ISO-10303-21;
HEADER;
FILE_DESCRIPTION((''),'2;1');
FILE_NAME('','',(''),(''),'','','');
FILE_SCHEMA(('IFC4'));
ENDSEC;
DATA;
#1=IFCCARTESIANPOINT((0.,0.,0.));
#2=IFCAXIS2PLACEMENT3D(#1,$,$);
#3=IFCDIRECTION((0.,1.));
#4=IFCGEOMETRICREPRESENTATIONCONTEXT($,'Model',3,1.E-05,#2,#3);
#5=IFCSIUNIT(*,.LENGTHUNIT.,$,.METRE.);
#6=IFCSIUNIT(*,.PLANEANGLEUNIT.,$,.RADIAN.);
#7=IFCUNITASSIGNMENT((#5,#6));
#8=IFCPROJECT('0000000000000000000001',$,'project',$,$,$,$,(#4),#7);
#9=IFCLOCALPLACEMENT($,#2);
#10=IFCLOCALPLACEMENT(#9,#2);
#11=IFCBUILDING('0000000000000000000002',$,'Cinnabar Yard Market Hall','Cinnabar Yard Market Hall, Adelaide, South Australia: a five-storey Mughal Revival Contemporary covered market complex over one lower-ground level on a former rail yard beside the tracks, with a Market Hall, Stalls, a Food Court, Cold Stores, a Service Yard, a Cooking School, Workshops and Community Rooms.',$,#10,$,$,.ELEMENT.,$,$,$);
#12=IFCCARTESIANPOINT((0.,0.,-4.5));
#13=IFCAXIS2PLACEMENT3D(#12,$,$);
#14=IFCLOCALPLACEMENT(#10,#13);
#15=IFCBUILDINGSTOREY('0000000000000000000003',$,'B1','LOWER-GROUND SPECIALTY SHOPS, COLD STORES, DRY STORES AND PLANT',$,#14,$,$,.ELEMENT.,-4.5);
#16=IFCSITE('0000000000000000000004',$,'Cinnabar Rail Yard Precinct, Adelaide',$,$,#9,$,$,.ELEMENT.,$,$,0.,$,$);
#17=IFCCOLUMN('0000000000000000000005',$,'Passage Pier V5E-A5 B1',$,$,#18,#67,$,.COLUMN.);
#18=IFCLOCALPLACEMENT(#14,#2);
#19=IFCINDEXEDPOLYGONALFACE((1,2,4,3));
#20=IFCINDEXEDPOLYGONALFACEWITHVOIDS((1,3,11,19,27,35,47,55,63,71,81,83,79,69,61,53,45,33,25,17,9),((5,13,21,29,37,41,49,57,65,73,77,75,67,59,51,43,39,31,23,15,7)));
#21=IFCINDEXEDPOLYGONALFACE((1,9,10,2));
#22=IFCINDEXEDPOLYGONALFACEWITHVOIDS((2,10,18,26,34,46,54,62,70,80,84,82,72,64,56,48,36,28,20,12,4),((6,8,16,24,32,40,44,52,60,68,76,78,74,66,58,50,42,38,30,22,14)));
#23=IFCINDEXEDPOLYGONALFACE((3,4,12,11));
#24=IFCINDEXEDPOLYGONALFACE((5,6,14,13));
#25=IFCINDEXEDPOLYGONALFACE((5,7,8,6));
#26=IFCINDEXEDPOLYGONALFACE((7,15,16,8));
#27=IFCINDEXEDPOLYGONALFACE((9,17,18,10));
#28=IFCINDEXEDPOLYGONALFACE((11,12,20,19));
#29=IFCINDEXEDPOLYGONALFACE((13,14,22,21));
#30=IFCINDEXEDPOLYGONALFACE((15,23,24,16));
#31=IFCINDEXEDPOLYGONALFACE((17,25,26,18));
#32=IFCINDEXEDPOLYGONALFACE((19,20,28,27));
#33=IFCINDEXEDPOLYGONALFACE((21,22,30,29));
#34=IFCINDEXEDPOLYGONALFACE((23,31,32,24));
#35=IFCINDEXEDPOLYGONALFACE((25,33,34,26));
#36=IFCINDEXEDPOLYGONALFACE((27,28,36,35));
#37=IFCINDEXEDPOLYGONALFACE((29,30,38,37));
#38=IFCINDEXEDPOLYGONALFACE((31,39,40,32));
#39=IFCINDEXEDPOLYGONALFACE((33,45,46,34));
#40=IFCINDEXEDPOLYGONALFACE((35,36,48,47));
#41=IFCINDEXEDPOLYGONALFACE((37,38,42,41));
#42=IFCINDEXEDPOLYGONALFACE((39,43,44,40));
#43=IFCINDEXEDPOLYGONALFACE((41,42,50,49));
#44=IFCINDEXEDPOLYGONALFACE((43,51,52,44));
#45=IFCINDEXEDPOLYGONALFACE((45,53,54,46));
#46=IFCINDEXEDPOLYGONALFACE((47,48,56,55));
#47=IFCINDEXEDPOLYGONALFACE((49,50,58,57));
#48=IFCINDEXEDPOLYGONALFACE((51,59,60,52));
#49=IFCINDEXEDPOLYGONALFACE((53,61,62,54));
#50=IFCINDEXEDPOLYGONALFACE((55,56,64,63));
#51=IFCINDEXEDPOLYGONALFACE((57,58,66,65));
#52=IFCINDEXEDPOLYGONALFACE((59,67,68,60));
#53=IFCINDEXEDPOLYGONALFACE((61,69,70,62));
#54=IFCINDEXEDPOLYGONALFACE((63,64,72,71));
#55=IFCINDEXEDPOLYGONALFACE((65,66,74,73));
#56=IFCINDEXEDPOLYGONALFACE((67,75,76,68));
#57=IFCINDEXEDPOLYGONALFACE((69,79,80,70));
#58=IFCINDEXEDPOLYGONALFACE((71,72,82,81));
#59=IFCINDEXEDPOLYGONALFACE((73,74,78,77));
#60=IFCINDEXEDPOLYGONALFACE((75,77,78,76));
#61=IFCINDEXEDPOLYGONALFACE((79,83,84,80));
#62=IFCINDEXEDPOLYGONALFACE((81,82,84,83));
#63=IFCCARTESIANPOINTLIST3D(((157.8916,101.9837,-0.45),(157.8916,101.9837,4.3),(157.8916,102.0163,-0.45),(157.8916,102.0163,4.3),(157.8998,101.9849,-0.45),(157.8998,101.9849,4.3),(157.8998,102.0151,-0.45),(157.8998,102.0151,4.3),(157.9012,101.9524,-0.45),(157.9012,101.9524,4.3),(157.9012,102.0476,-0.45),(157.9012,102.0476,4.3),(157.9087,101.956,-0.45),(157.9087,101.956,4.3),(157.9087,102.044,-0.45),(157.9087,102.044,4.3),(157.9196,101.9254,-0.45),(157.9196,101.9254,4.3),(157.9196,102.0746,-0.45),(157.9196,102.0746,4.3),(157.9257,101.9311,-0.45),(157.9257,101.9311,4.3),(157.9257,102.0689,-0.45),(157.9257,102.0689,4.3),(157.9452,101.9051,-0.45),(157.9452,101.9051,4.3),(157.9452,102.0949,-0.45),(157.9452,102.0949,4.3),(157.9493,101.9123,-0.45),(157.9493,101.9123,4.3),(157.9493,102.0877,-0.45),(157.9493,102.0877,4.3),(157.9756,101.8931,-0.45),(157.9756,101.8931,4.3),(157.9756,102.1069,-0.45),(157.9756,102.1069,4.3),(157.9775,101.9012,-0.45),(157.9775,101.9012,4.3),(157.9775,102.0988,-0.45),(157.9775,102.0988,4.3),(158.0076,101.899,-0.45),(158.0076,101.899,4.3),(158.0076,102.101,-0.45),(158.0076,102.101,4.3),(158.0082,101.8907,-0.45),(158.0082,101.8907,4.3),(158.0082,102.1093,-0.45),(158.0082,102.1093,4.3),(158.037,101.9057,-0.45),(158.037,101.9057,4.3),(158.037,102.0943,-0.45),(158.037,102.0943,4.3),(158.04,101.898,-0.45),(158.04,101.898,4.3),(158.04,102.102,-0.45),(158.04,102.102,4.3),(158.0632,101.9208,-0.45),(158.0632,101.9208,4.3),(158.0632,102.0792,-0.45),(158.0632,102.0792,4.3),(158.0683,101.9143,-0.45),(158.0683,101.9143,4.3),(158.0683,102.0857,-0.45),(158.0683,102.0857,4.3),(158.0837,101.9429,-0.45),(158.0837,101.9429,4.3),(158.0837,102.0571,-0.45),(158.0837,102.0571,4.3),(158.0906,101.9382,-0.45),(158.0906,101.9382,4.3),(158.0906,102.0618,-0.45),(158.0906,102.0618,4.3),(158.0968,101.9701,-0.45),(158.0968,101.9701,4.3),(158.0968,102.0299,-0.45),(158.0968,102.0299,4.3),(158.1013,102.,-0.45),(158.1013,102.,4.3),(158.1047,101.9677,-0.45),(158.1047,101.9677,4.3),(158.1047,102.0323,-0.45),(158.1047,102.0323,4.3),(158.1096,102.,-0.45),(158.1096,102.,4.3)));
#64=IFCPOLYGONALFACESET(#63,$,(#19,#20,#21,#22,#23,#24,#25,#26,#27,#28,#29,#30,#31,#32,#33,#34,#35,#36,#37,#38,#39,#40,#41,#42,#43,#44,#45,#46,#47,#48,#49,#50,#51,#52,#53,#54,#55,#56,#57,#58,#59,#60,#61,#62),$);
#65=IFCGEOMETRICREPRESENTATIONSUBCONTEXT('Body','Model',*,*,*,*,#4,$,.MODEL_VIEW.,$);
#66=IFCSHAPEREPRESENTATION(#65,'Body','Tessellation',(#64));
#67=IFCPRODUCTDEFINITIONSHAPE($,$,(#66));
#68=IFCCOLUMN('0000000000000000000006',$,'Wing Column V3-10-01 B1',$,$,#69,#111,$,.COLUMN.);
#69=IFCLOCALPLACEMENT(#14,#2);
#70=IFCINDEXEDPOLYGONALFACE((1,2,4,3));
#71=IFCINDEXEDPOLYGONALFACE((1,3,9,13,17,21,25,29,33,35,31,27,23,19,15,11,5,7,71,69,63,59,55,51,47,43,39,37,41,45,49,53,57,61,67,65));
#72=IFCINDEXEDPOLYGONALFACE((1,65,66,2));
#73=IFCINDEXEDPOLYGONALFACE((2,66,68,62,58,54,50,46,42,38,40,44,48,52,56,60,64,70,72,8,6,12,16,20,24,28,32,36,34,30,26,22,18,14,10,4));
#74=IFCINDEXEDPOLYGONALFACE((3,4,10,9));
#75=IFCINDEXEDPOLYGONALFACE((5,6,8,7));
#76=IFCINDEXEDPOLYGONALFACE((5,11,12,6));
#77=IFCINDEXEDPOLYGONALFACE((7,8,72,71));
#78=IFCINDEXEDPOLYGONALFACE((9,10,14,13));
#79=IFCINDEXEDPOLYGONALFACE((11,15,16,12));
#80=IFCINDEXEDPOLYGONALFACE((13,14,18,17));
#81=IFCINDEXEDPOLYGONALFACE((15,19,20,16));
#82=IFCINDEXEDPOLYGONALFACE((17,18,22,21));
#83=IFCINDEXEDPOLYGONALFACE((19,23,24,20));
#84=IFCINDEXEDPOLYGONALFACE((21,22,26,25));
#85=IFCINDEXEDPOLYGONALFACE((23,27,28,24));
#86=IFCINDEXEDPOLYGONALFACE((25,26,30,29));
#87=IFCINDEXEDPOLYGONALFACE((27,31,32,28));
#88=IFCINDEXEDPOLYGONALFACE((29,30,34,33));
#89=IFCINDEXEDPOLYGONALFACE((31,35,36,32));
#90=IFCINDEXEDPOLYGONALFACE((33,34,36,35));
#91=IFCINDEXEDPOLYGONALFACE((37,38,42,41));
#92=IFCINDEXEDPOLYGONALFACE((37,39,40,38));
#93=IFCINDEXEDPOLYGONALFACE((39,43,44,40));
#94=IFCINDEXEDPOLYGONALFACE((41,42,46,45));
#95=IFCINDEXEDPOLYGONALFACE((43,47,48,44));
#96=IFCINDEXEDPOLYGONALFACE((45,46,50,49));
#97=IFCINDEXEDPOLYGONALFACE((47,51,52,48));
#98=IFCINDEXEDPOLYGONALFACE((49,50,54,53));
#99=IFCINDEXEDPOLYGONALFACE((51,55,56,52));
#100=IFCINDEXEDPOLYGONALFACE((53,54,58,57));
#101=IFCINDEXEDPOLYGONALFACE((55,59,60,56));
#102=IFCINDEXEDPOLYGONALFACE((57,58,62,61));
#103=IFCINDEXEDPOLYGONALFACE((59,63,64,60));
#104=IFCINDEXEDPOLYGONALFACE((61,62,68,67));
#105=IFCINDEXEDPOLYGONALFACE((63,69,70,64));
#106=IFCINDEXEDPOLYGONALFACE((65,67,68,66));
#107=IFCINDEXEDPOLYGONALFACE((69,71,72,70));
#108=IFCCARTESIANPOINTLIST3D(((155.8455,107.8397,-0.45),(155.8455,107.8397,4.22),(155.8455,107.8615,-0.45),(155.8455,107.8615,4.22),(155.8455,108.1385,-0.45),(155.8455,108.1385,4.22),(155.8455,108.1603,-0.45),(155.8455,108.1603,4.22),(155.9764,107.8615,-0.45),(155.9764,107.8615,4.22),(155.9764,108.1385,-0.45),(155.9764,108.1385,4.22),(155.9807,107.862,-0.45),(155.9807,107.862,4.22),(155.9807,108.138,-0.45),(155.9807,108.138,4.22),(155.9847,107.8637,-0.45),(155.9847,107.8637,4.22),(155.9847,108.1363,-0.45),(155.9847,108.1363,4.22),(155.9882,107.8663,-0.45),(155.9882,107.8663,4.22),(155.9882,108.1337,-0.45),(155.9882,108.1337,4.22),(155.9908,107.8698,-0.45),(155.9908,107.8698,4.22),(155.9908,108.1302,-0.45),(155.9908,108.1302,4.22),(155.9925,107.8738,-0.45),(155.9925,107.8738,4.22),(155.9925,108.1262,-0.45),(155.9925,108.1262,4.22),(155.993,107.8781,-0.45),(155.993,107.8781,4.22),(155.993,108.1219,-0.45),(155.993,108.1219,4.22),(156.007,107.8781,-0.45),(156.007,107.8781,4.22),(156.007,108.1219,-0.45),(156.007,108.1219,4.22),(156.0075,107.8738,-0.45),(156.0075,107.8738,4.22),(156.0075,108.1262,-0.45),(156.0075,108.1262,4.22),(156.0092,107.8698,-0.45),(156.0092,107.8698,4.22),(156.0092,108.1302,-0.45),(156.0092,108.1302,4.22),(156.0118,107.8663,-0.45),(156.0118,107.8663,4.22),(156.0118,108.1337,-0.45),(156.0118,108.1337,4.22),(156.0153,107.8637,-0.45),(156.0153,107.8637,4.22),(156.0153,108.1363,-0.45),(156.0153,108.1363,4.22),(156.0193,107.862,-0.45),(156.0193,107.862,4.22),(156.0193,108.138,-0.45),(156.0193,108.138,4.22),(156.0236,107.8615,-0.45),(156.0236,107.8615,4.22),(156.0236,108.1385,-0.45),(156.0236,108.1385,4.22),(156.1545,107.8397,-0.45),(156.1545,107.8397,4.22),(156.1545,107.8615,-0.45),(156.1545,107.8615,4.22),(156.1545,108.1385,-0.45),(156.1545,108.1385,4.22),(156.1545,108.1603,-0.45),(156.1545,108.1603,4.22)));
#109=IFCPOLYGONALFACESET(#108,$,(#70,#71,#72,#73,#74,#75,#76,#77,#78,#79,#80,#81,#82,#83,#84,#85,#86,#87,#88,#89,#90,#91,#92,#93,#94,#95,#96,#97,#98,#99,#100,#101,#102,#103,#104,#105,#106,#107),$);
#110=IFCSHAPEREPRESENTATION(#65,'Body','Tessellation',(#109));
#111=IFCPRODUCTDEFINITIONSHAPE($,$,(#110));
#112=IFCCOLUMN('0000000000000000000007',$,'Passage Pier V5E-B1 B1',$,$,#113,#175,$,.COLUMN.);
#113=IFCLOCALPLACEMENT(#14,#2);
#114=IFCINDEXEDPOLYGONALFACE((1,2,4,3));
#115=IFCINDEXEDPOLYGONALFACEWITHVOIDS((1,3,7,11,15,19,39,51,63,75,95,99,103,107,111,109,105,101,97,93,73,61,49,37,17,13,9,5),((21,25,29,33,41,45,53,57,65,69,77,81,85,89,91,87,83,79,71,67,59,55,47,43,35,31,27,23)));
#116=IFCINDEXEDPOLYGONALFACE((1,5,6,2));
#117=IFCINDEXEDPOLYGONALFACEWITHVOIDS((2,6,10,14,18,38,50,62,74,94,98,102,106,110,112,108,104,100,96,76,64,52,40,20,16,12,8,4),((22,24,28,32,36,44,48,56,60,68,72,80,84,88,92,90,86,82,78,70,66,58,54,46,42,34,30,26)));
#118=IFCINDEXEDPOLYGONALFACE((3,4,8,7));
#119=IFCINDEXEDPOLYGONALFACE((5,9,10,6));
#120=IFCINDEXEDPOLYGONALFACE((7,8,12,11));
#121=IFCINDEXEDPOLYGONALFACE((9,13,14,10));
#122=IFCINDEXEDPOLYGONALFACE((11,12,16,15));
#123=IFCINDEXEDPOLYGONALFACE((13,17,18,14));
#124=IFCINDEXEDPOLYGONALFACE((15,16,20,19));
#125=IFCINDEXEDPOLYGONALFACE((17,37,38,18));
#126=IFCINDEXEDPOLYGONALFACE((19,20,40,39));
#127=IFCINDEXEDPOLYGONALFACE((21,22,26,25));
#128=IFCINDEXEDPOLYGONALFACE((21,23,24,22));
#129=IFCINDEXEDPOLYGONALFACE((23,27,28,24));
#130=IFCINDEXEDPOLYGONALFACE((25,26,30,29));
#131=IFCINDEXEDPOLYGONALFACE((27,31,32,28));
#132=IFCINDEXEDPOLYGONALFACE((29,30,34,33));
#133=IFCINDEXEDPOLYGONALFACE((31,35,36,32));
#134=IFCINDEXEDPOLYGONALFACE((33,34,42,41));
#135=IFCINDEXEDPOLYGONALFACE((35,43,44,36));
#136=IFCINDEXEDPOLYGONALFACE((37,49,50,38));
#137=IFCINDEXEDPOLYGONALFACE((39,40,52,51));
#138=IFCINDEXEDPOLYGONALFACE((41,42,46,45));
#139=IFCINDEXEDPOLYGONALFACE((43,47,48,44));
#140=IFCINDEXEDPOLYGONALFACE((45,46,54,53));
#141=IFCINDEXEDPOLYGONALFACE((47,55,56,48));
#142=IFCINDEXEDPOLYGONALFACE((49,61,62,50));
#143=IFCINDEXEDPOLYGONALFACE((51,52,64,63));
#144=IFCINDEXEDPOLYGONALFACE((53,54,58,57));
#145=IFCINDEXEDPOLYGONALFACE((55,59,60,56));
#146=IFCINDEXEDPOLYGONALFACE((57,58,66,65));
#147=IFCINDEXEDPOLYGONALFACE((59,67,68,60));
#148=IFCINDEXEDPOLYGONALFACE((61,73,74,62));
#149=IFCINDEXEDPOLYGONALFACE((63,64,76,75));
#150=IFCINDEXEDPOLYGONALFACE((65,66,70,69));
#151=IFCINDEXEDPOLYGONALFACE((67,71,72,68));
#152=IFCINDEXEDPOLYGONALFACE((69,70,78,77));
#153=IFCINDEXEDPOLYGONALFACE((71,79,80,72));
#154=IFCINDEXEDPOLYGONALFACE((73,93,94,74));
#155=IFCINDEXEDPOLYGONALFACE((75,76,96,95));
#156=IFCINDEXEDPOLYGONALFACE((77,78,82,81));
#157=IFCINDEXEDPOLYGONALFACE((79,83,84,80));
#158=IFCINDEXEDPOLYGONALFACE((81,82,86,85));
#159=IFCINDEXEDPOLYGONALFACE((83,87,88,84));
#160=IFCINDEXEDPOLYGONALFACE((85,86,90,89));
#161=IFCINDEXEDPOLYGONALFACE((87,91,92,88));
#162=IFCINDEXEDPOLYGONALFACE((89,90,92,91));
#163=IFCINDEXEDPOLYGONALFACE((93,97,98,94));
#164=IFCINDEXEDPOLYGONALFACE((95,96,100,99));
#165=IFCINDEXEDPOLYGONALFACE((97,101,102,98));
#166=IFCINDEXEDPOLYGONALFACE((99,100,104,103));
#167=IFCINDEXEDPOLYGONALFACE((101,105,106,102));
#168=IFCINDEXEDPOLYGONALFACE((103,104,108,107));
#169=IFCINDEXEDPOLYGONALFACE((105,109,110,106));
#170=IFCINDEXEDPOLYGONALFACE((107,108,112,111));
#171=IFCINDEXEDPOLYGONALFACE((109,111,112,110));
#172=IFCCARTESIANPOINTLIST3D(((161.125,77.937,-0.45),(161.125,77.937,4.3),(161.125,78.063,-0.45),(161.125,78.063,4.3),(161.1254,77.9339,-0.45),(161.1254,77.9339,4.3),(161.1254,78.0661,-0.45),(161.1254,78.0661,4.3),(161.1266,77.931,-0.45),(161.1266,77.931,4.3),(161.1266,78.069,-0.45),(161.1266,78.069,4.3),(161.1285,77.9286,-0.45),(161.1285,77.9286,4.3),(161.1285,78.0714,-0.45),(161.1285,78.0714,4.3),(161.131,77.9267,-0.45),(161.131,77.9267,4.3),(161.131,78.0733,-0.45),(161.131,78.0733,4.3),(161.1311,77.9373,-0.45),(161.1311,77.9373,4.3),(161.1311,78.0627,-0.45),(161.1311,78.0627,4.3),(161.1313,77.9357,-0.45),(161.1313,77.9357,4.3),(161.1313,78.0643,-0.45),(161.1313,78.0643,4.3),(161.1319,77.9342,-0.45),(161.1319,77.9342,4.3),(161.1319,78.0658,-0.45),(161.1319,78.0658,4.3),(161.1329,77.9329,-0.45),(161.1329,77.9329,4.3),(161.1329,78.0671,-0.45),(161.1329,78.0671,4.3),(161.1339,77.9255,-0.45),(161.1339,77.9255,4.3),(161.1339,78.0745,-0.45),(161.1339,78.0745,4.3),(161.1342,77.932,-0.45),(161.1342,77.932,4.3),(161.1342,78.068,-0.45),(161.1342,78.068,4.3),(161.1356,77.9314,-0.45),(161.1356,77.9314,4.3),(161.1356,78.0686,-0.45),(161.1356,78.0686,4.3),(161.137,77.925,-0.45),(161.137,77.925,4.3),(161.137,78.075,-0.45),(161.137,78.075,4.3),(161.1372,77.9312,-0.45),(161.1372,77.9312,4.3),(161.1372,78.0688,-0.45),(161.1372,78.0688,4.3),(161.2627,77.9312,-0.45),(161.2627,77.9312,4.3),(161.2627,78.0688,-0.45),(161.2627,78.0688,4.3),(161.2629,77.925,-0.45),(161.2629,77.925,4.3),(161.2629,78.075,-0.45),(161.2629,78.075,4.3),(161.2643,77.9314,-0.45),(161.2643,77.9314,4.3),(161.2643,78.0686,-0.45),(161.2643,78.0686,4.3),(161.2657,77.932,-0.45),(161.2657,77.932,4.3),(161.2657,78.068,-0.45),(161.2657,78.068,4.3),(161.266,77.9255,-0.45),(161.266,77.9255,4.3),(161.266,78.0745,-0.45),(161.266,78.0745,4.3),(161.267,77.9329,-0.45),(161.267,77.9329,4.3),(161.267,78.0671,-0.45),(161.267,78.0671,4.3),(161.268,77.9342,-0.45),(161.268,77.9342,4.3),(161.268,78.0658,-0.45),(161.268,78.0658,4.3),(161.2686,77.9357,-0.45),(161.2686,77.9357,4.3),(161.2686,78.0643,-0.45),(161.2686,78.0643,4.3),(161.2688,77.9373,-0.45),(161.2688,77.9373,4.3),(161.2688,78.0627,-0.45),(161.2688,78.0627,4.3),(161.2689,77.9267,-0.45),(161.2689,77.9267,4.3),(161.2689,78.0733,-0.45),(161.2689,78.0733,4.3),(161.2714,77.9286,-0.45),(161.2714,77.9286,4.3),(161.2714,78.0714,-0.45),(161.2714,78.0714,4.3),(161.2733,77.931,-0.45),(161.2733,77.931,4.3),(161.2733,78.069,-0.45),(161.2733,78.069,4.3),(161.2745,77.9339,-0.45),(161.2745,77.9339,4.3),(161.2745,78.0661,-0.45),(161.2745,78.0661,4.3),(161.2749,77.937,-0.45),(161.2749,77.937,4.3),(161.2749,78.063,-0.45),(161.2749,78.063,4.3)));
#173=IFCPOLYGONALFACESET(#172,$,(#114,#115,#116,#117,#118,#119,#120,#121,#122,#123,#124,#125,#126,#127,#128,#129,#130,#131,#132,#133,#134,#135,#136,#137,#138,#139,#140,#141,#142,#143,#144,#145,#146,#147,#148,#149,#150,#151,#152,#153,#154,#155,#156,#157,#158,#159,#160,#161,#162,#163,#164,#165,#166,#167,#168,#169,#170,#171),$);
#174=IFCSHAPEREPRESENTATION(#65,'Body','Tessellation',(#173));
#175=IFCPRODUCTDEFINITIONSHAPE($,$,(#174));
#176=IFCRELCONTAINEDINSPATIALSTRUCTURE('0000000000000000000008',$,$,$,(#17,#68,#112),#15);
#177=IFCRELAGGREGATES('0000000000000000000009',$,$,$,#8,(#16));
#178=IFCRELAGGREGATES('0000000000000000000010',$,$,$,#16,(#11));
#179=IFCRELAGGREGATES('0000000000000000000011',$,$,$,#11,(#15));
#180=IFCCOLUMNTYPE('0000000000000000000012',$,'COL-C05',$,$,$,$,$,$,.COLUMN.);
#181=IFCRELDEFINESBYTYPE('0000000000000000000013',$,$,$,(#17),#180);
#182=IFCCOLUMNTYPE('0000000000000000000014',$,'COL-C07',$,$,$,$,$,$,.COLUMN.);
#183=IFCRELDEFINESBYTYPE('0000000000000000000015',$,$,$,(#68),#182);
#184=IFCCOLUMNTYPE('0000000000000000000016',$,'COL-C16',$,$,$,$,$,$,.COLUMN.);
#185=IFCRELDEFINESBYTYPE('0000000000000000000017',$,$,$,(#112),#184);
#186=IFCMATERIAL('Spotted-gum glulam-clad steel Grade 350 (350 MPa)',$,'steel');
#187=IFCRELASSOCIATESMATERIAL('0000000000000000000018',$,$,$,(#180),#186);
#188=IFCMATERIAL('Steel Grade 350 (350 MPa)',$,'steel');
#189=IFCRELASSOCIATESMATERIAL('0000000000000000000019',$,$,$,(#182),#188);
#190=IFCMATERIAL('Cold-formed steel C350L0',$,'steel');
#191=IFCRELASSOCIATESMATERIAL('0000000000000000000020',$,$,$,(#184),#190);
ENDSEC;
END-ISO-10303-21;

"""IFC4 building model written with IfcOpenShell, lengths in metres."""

from ifc_helpers import new_model, si_unit, direction, frame, origin, origin_2d_with_axis, place, context, subcontext, project, spatial, hollow_rectangle, hollow_circle, i_section, extrude, material, material_profile, profile_set, type_object, element, save


model = new_model("IFC4")

# Units and contexts
model_context = context("Model", 3, precision=1e-05, world=origin(), true_north=direction((0.0, 1.0)))
body_context = subcontext(model_context, "Body", "Model", "MODEL_VIEW")
ifc_project = project(units=[si_unit("LENGTHUNIT", "METRE"), si_unit("PLANEANGLEUNIT", "RADIAN")], contexts=[model_context])

# Site, building, storey
site_placement = place(None, origin())
site = spatial("IfcSite", under=ifc_project, at=site_placement, Name="Cinnabar Rail Yard Precinct, Adelaide", CompositionType="ELEMENT", RefElevation=0.0)
building_placement = place(site_placement, origin())
building = spatial("IfcBuilding", under=site, at=building_placement, Name="Cinnabar Yard Market Hall", Description="Cinnabar Yard Market Hall, Adelaide, South Australia: a five-storey Mughal Revival Contemporary covered market complex over one lower-ground level on a former rail yard beside the tracks, with a Market Hall, Stalls, a Food Court, Cold Stores, a Service Yard, a Cooking School, Workshops and Community Rooms.", CompositionType="ELEMENT")
storey_placement = place(building_placement, frame((0.0, 0.0, -4.5)))
storey = spatial("IfcBuildingStorey", under=building, at=storey_placement, Name="B1", Description="LOWER-GROUND SPECIALTY SHOPS, COLD STORES, DRY STORES AND PLANT", CompositionType="ELEMENT", Elevation=-4.5)

# Columns
ifc_material_1 = material(Name="Spotted-gum glulam-clad steel Grade 350 (350 MPa)", Category="steel")
ifc_material_profile_1 = material_profile(ifc_material_1, hollow_circle(Radius=0.1096, WallThickness=0.0083, at=origin_2d_with_axis()), Name="219.1x8.2CHS")
ifc_profile_set_1 = profile_set([ifc_material_profile_1], Name="Spotted-gum glulam-clad steel Grade 350 (350 MPa)")
column_type_1 = type_object("IfcColumnType", Name="COL-C05", PredefinedType="COLUMN", material=ifc_profile_set_1)
for number, where, z_axis, x_axis, name in (
    (1, (158.0, 102.0, -0.45), (0.0, 0.0, 1.0), (1.0, 0.0, 0.0), "Passage Pier V5E-A5 B1"),
):
    element("IfcColumn", number, at=place(storey_placement, frame(where, z_axis=z_axis, x_axis=x_axis)), inside=storey, type_object=column_type_1, Name=name, PredefinedType="COLUMN", context=body_context, shape_type="SweptSolid", body=[
        extrude(hollow_circle(Radius=0.1096, WallThickness=0.0083, at=origin_2d_with_axis()), origin(), (0.0, 0.0, 1.0), 4.75),
    ])
ifc_material_2 = material(Name="Steel Grade 350 (350 MPa)", Category="steel")
ifc_material_profile_2 = material_profile(ifc_material_2, i_section(OverallWidth=0.3091, OverallDepth=0.3206, WebThickness=0.0139, FlangeThickness=0.0217, FilletRadius=0.0166, at=origin_2d_with_axis()), Name="310UC137")
ifc_profile_set_2 = profile_set([ifc_material_profile_2], Name="Steel Grade 350 (350 MPa)")
column_type_2 = type_object("IfcColumnType", Name="COL-C07", PredefinedType="COLUMN", material=ifc_profile_set_2)
column_1_placement = place(storey_placement, frame((156.0, 108.0, -0.45), z_axis=(0.0, 0.0, 1.0), x_axis=(1.0, 0.0, 0.0)))
element("IfcColumn", 2, at=column_1_placement, inside=storey, type_object=column_type_2, Name="Wing Column V3-10-01 B1", PredefinedType="COLUMN", context=body_context, shape_type="SweptSolid", body=[
    extrude(i_section(OverallWidth=0.3091, OverallDepth=0.3206, WebThickness=0.0139, FlangeThickness=0.0217, FilletRadius=0.0166, at=origin_2d_with_axis()), origin(), (0.0, 0.0, 1.0), 4.6699),
])
ifc_material_3 = material(Name="Cold-formed steel C350L0", Category="steel")
ifc_material_profile_3 = material_profile(ifc_material_3, hollow_rectangle(XDim=0.1499, YDim=0.1499, WallThickness=0.0061, InnerFilletRadius=0.0061, OuterFilletRadius=0.012, at=origin_2d_with_axis()), Name="150x150x6.0SHS")
ifc_profile_set_3 = profile_set([ifc_material_profile_3], Name="Cold-formed steel C350L0")
column_type_3 = type_object("IfcColumnType", Name="COL-C16", PredefinedType="COLUMN", material=ifc_profile_set_3)
for number, where, z_axis, x_axis, name in (
    (3, (161.2, 78.0, -0.45), (0.0, 0.0, 1.0), (1.0, 0.0, 0.0), "Passage Pier V5E-B1 B1"),
):
    element("IfcColumn", number, at=place(storey_placement, frame(where, z_axis=z_axis, x_axis=x_axis)), inside=storey, type_object=column_type_3, Name=name, PredefinedType="COLUMN", context=body_context, shape_type="SweptSolid", body=[
        extrude(hollow_rectangle(XDim=0.1499, YDim=0.1499, WallThickness=0.0061, InnerFilletRadius=0.0061, OuterFilletRadius=0.012, at=origin_2d_with_axis()), origin(), (0.0, 0.0, 1.0), 4.75),
    ])

save(model, "model.ifc")
